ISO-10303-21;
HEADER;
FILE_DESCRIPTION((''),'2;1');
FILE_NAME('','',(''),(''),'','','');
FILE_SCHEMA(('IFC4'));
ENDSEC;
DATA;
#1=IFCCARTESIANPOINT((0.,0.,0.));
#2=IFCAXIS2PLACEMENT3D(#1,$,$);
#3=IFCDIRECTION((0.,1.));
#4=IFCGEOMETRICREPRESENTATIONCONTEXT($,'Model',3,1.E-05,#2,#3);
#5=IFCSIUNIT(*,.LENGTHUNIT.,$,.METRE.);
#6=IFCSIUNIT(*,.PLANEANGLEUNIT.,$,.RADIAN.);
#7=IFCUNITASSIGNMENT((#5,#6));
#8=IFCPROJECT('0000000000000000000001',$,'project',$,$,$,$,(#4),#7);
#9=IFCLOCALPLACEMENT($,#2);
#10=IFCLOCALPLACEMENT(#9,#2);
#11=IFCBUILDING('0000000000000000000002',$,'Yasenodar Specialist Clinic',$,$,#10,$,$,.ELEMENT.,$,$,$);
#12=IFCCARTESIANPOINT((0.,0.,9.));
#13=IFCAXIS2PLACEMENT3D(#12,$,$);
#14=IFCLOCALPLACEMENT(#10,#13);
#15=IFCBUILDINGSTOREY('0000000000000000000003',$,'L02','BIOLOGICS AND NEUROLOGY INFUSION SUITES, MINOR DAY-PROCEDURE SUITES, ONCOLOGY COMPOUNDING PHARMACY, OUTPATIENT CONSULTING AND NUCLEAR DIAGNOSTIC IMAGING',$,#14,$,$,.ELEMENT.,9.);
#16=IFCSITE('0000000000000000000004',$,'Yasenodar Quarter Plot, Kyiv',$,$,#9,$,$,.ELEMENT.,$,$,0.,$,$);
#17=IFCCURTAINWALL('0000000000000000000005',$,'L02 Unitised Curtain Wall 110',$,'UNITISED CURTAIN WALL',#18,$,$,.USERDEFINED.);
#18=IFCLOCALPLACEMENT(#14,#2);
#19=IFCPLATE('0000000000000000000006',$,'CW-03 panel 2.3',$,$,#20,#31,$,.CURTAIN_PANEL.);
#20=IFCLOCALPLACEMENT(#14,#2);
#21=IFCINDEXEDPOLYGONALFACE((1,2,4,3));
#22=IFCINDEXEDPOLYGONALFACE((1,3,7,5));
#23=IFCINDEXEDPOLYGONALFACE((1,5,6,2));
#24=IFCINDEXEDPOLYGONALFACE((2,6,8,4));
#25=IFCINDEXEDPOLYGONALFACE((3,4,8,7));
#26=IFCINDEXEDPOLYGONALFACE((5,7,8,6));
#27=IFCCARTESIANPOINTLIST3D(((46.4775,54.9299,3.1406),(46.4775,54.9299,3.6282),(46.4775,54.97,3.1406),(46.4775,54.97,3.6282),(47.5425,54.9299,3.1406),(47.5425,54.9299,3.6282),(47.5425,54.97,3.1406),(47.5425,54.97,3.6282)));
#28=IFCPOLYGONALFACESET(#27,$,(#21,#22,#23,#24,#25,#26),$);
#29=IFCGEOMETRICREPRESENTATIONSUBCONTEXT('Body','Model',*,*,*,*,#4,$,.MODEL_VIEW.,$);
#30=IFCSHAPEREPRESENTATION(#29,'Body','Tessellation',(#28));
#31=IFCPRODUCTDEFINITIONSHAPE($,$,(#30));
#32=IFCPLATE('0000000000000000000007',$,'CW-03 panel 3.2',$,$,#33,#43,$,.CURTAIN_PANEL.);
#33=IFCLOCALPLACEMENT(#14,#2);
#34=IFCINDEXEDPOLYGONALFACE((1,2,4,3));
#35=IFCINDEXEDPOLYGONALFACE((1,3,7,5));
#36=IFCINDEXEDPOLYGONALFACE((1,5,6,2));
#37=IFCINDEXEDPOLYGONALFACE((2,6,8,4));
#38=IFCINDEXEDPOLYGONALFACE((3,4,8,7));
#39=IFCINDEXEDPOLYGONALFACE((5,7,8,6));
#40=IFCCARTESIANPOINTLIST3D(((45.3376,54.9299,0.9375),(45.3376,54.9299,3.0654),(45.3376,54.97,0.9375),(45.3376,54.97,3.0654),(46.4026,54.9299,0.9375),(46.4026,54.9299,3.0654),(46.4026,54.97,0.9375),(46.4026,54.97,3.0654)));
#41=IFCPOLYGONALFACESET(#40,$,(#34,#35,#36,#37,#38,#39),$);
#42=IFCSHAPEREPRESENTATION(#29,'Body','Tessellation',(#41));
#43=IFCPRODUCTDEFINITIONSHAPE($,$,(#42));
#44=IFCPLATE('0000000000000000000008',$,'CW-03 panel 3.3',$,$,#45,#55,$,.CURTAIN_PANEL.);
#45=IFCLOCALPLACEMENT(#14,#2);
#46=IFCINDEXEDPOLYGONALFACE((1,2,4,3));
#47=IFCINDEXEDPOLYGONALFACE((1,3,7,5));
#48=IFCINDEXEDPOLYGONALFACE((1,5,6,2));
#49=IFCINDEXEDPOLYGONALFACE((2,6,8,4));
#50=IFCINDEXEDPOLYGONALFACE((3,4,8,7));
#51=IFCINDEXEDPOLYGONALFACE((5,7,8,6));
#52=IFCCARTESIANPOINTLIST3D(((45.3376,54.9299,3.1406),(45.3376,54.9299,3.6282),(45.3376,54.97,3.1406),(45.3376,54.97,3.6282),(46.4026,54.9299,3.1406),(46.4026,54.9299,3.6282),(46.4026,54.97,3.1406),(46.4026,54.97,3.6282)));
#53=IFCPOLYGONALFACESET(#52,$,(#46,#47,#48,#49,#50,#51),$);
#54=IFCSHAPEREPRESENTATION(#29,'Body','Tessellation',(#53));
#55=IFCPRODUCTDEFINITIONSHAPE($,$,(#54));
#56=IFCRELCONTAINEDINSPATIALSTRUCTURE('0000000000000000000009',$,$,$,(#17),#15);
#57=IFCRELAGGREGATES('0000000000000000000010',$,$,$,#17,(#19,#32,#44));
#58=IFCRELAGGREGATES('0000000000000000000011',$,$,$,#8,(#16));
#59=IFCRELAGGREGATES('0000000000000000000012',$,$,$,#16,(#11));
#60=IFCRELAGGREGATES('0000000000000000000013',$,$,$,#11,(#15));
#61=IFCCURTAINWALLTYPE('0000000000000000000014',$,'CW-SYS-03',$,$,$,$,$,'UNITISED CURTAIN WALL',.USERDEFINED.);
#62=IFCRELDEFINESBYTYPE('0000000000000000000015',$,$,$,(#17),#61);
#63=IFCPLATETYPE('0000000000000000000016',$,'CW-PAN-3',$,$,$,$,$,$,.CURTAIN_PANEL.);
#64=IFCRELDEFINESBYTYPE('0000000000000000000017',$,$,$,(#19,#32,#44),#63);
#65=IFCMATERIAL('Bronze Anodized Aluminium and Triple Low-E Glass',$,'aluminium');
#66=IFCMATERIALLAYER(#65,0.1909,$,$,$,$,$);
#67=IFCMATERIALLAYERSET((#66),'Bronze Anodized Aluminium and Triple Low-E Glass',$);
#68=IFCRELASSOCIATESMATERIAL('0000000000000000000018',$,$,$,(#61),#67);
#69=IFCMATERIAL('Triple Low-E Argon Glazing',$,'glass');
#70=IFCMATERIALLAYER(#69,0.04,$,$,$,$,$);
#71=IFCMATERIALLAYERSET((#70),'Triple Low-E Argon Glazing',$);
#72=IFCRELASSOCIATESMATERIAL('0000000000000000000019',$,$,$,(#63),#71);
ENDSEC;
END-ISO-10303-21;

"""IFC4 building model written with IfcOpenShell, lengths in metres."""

from ifc_helpers import new_model, si_unit, direction, frame, origin, origin_2d, place, context, subcontext, project, spatial, rectangle, extrude, material, layer, layer_set, type_object, element, aggregate, save


model = new_model("IFC4")

# Units and contexts
model_context = context("Model", 3, precision=1e-05, world=origin(), true_north=direction((0.0, 1.0)))
body_context = subcontext(model_context, "Body", "Model", "MODEL_VIEW")
ifc_project = project(units=[si_unit("LENGTHUNIT", "METRE"), si_unit("PLANEANGLEUNIT", "RADIAN")], contexts=[model_context])

# Site, building, storey
site_placement = place(None, origin())
site = spatial("IfcSite", under=ifc_project, at=site_placement, Name="Yasenodar Quarter Plot, Kyiv", CompositionType="ELEMENT", RefElevation=0.0)
building_placement = place(site_placement, origin())
building = spatial("IfcBuilding", under=site, at=building_placement, Name="Yasenodar Specialist Clinic", CompositionType="ELEMENT")
storey_placement = place(building_placement, frame((0.0, 0.0, 9.0)))
storey = spatial("IfcBuildingStorey", under=building, at=storey_placement, Name="L02", Description="BIOLOGICS AND NEUROLOGY INFUSION SUITES, MINOR DAY-PROCEDURE SUITES, ONCOLOGY COMPOUNDING PHARMACY, OUTPATIENT CONSULTING AND NUCLEAR DIAGNOSTIC IMAGING", CompositionType="ELEMENT", Elevation=9.0)

# Curtain wall
ifc_material_1 = material(Name="Bronze Anodized Aluminium and Triple Low-E Glass", Category="aluminium")
ifc_layer_1 = layer(ifc_material_1, 0.1909)
ifc_layer_set_1 = layer_set([ifc_layer_1], Name="Bronze Anodized Aluminium and Triple Low-E Glass")
curtain_wall_type = type_object("IfcCurtainWallType", Name="CW-SYS-03", ElementType="UNITISED CURTAIN WALL", PredefinedType="USERDEFINED", material=ifc_layer_set_1)
curtain_wall_1_placement = place(storey_placement, origin())
curtain_wall_1 = element("IfcCurtainWall", 1, at=curtain_wall_1_placement, inside=storey, type_object=curtain_wall_type, Name="L02 Unitised Curtain Wall 110", ObjectType="UNITISED CURTAIN WALL", PredefinedType="USERDEFINED")

# Plates
ifc_material_2 = material(Name="Triple Low-E Argon Glazing", Category="glass")
ifc_layer_2 = layer(ifc_material_2, 0.04)
ifc_layer_set_2 = layer_set([ifc_layer_2], Name="Triple Low-E Argon Glazing")
plate_type_1 = type_object("IfcPlateType", Name="CW-PAN-3", PredefinedType="CURTAIN_PANEL", material=ifc_layer_set_2)
plate_1_placement = place(storey_placement, frame((47.01, 54.95, 3.1406), z_axis=(0.0, 0.0, 1.0), x_axis=(-1.0, 0.0, 0.0)))
plate_1 = element("IfcPlate", 2, at=plate_1_placement, type_object=plate_type_1, Name="CW-03 panel 2.3", PredefinedType="CURTAIN_PANEL", context=body_context, shape_type="SweptSolid", body=[
    extrude(rectangle(XDim=1.0649, YDim=0.04, at=origin_2d()), origin(), (0.0, 0.0, 1.0), 0.4875),
])
plate_2_placement = place(storey_placement, frame((45.8701, 54.95, 0.9375), z_axis=(0.0, 0.0, 1.0), x_axis=(-1.0, 0.0, 0.0)))
plate_2 = element("IfcPlate", 3, at=plate_2_placement, type_object=plate_type_1, Name="CW-03 panel 3.2", PredefinedType="CURTAIN_PANEL", context=body_context, shape_type="SweptSolid", body=[
    extrude(rectangle(XDim=1.0649, YDim=0.04, at=origin_2d()), origin(), (0.0, 0.0, 1.0), 2.1279),
])
plate_3_placement = place(storey_placement, frame((45.8701, 54.95, 3.1406), z_axis=(0.0, 0.0, 1.0), x_axis=(-1.0, 0.0, 0.0)))
plate_3 = element("IfcPlate", 4, at=plate_3_placement, type_object=plate_type_1, Name="CW-03 panel 3.3", PredefinedType="CURTAIN_PANEL", context=body_context, shape_type="SweptSolid", body=[
    extrude(rectangle(XDim=1.0649, YDim=0.04, at=origin_2d()), origin(), (0.0, 0.0, 1.0), 0.4875),
])
aggregate(curtain_wall_1, [plate_1, plate_2, plate_3])

save(model, "model.ifc")
